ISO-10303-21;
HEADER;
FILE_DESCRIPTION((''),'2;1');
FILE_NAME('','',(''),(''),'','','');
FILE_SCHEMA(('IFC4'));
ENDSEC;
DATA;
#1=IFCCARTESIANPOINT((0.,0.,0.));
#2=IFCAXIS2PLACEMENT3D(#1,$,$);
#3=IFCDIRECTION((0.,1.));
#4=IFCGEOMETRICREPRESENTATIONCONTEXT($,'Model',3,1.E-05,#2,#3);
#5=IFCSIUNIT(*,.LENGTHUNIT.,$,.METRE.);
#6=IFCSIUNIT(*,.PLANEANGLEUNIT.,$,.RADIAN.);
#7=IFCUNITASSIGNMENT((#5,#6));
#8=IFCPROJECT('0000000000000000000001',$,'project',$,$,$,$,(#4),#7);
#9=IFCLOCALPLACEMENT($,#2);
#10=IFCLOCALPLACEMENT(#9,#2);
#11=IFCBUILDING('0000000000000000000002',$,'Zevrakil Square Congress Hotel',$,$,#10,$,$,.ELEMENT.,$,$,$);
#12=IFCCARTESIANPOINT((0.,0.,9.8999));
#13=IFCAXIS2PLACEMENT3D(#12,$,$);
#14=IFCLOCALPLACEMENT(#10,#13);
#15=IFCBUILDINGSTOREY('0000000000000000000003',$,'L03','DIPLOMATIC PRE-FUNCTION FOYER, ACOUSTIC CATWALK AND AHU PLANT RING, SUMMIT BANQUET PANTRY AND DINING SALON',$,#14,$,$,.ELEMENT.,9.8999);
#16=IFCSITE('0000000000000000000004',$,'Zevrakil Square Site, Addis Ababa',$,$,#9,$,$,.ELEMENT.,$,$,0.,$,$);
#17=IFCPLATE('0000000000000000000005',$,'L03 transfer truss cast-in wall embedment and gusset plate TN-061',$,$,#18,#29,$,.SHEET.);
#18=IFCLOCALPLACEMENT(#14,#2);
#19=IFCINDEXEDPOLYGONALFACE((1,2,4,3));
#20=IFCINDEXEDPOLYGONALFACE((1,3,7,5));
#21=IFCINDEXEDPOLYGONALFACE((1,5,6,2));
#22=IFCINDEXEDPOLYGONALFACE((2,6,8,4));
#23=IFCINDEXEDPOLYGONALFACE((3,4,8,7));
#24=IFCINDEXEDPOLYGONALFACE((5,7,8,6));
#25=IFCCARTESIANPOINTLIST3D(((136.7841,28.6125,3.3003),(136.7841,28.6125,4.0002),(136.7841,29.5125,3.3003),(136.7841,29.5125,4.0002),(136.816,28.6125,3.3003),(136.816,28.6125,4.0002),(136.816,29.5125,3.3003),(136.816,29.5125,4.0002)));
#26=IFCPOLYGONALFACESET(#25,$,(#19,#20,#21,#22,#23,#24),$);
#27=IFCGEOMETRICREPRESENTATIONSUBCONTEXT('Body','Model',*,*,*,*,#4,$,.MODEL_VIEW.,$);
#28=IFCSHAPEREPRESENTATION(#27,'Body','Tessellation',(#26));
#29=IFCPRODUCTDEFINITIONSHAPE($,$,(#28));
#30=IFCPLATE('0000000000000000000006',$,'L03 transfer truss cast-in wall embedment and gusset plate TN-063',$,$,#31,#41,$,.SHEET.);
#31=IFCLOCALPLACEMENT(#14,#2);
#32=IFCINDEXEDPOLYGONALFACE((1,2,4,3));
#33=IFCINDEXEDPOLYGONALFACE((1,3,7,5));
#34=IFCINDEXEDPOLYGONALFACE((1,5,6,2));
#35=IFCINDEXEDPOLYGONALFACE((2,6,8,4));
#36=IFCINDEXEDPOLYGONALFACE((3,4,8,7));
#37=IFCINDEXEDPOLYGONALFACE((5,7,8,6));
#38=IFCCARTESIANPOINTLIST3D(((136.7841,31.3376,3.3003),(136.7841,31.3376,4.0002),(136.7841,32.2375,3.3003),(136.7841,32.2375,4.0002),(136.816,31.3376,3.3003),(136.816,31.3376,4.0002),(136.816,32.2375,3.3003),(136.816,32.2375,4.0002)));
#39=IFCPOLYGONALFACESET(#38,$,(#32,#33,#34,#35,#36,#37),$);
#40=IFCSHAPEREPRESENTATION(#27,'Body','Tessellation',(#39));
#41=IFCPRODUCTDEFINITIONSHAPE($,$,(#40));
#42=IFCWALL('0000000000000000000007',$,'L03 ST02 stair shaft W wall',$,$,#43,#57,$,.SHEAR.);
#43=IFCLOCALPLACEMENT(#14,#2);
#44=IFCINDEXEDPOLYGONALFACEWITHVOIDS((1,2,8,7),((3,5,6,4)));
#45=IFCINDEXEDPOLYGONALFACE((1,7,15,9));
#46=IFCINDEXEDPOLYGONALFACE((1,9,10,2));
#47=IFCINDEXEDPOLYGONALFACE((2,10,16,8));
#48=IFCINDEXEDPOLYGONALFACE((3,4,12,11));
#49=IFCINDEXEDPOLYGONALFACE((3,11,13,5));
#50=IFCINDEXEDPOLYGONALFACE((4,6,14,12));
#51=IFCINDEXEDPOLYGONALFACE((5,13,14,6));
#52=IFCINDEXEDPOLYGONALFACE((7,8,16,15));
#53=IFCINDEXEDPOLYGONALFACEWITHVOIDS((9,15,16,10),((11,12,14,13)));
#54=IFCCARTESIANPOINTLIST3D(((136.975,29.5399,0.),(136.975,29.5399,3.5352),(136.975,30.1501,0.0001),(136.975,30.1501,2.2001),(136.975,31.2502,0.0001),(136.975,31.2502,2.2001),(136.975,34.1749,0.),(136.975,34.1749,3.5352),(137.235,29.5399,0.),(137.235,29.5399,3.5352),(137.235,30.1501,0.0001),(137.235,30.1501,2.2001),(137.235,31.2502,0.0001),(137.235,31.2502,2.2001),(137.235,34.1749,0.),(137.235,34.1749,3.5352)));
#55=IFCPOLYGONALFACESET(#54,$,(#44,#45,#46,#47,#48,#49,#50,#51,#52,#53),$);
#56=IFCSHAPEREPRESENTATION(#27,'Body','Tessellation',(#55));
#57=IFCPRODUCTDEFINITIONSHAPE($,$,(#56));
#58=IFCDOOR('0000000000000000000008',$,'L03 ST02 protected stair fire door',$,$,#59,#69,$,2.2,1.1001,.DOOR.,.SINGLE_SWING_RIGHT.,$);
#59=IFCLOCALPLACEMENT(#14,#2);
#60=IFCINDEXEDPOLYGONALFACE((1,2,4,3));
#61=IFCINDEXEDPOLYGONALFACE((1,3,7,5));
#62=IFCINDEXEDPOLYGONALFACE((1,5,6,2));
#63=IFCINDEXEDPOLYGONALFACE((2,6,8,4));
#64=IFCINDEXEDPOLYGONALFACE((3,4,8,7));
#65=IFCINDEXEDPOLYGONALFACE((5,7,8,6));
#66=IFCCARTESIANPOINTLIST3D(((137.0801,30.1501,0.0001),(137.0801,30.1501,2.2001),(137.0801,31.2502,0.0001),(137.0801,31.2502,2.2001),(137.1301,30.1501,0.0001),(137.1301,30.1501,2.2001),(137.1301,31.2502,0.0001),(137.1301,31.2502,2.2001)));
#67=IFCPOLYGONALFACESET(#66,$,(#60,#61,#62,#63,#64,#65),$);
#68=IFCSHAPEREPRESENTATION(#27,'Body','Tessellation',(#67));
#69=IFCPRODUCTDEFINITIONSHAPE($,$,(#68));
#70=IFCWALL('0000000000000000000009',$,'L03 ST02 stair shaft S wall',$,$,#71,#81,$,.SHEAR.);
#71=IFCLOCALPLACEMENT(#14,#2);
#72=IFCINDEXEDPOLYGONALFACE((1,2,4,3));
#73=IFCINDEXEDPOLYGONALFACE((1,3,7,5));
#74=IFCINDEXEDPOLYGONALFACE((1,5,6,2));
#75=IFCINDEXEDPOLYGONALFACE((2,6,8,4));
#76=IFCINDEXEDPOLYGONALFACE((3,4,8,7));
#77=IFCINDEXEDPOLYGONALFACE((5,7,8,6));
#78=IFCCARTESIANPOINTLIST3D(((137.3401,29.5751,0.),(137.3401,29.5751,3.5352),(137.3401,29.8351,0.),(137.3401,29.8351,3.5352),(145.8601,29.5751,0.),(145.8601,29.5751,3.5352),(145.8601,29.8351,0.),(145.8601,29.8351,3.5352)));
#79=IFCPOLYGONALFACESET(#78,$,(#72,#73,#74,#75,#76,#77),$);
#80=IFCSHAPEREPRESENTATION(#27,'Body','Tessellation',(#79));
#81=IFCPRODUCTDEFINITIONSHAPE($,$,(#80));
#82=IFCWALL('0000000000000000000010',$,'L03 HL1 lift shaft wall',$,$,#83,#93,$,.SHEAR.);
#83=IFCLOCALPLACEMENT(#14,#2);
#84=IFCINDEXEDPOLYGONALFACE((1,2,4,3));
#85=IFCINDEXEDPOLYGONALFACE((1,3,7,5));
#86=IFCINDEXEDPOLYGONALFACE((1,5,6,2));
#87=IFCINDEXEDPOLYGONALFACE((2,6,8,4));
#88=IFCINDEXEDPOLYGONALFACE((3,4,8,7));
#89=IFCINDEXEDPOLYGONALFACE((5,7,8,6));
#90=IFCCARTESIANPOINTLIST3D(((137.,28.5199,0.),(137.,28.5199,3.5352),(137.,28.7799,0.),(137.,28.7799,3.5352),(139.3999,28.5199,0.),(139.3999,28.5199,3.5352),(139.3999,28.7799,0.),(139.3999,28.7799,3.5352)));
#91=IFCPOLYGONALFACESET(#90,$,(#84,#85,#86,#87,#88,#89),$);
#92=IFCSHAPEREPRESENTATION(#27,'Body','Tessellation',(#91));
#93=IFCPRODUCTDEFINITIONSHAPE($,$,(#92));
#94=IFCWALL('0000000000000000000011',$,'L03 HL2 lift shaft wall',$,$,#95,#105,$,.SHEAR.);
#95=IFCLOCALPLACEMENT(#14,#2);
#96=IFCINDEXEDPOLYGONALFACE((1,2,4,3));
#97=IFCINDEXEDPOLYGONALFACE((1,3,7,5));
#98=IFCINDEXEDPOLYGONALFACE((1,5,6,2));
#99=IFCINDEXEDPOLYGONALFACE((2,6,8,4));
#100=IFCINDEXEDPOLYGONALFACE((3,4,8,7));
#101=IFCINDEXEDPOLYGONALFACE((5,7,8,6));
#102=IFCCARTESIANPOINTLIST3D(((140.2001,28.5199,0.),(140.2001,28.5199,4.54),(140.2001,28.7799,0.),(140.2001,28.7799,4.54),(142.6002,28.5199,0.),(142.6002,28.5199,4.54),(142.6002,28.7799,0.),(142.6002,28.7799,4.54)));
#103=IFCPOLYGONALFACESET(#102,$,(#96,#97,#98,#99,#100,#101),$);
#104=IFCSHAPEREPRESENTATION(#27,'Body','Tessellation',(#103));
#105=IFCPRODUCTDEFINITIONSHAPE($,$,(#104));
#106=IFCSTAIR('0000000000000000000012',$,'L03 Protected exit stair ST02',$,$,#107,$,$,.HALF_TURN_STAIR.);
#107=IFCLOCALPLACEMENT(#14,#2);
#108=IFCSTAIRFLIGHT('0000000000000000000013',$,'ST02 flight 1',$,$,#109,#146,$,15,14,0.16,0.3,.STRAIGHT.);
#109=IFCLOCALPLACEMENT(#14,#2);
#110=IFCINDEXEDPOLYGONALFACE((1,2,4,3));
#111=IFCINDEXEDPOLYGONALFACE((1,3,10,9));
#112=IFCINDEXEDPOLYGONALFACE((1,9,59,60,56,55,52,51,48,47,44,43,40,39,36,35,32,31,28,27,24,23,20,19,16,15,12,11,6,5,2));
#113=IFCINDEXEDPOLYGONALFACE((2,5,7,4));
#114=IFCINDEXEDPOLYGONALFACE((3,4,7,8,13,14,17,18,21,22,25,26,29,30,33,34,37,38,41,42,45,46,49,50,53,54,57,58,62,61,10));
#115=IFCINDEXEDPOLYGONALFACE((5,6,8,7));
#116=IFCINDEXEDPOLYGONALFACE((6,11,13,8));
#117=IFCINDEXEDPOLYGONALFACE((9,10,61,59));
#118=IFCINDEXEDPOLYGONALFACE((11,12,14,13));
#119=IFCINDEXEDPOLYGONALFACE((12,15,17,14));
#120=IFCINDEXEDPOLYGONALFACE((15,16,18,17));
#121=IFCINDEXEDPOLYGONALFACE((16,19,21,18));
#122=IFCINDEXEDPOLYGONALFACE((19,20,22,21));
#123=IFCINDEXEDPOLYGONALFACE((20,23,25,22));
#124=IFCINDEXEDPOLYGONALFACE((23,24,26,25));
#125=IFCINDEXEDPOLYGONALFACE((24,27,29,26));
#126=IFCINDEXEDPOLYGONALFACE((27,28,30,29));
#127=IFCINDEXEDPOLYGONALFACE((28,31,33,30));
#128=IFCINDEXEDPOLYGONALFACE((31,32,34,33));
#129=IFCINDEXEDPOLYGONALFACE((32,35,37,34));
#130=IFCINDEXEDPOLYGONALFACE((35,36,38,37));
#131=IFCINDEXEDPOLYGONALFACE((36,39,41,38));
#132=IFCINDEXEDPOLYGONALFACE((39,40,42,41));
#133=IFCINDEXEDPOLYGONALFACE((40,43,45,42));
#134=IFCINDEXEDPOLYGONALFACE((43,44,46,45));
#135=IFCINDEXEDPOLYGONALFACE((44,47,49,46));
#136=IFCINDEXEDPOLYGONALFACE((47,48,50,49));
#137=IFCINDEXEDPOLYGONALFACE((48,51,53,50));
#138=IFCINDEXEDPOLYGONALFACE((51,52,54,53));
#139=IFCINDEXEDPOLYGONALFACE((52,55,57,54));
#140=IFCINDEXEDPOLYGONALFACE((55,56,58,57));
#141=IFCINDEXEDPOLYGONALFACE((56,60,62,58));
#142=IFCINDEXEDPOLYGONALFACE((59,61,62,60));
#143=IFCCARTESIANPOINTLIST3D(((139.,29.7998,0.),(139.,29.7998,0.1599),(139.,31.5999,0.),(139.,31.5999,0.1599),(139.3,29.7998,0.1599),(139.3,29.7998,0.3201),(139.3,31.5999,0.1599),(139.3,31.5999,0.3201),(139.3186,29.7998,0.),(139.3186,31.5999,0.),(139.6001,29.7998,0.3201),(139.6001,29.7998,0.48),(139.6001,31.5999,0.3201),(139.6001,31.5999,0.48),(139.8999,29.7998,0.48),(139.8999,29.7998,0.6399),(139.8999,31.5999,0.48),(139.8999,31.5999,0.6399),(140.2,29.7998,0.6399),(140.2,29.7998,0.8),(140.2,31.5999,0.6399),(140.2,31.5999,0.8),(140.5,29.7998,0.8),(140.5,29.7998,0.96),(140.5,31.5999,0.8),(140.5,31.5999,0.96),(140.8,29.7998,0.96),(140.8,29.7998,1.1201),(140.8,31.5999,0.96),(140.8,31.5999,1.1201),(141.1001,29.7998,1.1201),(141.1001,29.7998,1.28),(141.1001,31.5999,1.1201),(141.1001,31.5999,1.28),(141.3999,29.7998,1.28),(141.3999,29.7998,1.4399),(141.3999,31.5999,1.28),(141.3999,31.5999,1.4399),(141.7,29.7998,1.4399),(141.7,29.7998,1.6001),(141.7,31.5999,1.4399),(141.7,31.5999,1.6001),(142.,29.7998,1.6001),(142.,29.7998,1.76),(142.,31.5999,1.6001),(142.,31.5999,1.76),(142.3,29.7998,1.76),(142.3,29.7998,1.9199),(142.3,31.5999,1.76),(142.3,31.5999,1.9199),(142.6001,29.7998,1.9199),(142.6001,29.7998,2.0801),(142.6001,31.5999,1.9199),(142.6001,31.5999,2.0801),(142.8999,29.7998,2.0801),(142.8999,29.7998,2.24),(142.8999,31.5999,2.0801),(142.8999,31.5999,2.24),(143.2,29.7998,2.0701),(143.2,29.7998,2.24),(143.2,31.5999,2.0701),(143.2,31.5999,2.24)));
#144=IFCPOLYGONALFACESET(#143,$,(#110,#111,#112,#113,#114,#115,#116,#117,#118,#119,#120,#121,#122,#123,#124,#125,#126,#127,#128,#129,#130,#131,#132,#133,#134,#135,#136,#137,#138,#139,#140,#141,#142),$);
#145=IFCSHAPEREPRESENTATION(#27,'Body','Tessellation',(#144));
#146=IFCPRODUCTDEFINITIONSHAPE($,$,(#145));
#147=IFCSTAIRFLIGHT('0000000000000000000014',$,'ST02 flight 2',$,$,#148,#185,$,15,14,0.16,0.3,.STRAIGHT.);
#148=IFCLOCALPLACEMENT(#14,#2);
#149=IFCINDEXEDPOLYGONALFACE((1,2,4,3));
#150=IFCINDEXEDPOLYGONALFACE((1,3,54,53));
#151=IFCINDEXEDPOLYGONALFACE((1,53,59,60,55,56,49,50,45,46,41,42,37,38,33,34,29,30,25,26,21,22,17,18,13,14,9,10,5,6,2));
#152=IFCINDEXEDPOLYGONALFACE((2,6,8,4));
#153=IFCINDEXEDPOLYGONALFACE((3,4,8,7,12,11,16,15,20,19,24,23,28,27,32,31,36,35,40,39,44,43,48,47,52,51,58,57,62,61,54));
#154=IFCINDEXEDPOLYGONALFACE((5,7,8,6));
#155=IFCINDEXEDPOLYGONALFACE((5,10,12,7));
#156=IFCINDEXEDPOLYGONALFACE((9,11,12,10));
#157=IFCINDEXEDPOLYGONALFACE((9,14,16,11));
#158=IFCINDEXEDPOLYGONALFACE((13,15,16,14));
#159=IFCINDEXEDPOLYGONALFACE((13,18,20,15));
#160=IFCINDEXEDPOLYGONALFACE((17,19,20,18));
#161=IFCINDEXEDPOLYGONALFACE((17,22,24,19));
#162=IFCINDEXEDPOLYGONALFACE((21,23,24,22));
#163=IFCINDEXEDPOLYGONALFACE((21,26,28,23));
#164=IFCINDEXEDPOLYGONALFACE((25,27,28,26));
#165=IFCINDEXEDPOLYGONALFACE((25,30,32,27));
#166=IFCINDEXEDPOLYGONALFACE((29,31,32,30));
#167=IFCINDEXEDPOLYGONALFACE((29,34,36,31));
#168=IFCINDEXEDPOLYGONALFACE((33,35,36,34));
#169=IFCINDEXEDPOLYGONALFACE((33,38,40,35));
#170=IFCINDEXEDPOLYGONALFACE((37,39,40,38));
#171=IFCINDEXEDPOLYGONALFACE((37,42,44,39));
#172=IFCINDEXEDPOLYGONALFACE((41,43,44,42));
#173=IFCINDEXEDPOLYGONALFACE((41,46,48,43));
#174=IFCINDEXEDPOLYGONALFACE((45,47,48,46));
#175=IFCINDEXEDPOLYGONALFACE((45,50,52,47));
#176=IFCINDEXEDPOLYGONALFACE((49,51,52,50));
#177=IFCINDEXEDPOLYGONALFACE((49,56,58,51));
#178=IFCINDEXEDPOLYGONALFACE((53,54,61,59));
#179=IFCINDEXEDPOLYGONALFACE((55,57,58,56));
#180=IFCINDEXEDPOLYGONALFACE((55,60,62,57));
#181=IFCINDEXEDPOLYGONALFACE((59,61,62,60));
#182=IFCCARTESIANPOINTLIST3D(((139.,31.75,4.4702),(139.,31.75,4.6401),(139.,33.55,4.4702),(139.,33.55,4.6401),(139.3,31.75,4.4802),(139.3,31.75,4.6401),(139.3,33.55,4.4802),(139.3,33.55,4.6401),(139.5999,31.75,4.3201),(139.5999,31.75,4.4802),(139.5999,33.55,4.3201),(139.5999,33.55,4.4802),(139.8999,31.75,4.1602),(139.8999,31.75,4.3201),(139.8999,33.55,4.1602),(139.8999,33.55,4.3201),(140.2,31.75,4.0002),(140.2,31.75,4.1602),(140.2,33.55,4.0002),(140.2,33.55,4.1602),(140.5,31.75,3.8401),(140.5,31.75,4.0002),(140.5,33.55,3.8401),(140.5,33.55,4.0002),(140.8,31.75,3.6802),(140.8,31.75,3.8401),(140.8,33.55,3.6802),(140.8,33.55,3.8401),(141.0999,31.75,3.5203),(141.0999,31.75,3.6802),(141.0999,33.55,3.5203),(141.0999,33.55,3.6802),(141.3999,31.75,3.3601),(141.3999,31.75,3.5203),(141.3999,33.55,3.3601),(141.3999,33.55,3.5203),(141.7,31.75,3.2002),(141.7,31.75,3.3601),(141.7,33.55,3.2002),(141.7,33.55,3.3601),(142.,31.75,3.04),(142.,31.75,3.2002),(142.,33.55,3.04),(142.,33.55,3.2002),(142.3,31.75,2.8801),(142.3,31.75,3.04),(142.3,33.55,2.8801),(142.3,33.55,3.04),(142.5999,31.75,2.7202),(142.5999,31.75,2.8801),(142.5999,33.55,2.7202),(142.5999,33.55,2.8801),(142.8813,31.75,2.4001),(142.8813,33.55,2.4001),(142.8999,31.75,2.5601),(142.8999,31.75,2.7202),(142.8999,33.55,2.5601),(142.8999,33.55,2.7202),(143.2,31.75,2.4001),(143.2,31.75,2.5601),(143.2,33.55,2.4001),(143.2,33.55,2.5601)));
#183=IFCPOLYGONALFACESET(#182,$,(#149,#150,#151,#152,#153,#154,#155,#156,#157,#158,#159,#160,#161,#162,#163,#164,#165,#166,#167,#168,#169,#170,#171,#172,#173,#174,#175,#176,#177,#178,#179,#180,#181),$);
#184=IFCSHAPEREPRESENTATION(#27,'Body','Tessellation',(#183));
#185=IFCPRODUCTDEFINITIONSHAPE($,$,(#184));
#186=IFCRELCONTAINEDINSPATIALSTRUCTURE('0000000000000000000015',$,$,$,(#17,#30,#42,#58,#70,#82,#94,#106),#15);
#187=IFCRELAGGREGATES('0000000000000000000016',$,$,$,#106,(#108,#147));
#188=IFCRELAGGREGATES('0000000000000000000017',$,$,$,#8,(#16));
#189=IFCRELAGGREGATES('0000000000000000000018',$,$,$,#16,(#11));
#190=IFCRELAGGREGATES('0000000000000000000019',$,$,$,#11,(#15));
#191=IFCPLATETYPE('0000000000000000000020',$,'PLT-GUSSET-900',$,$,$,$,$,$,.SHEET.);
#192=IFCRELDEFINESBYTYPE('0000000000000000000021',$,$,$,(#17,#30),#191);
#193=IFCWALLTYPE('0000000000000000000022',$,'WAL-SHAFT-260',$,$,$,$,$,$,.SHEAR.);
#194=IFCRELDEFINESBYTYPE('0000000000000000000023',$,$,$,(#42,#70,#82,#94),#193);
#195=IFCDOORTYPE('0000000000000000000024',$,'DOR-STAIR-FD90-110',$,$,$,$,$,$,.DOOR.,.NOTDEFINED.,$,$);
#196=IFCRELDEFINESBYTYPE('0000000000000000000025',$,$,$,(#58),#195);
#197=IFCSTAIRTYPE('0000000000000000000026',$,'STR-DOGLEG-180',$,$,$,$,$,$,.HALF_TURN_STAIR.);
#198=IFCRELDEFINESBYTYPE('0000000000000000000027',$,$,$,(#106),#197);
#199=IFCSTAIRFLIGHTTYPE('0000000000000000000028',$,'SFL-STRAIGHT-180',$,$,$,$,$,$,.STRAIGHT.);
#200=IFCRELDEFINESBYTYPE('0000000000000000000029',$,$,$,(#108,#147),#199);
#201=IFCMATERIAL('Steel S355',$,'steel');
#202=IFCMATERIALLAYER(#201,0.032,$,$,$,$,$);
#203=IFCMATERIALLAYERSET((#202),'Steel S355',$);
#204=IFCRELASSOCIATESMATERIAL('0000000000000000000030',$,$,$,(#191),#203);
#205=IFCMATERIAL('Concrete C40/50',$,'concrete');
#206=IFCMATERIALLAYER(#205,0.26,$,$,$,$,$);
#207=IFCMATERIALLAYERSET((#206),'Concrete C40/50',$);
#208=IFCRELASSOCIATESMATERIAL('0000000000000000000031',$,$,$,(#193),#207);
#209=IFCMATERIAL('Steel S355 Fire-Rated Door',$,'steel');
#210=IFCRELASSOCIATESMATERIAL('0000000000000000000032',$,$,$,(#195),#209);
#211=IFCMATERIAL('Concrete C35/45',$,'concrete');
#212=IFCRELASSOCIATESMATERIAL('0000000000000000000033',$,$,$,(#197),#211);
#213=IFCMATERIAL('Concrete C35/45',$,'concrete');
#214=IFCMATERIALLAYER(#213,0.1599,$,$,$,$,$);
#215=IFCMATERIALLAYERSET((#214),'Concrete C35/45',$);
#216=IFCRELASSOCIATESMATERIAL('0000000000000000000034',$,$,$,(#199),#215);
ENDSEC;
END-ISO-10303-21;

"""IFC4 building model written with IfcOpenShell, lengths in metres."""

from ifc_helpers import new_model, si_unit, direction, frame, frame_2d, origin, origin_2d, place, context, subcontext, project, spatial, polyline, rectangle, outline, extrude, material, layer, layer_set, type_object, element, fill, aggregate, save


model = new_model("IFC4")

# Units and contexts
model_context = context("Model", 3, precision=1e-05, world=origin(), true_north=direction((0.0, 1.0)))
body_context = subcontext(model_context, "Body", "Model", "MODEL_VIEW")
ifc_project = project(units=[si_unit("LENGTHUNIT", "METRE"), si_unit("PLANEANGLEUNIT", "RADIAN")], contexts=[model_context])

# Site, building, storey
site_placement = place(None, origin())
site = spatial("IfcSite", under=ifc_project, at=site_placement, Name="Zevrakil Square Site, Addis Ababa", CompositionType="ELEMENT", RefElevation=0.0)
building_placement = place(site_placement, origin())
building = spatial("IfcBuilding", under=site, at=building_placement, Name="Zevrakil Square Congress Hotel", CompositionType="ELEMENT")
storey_placement = place(building_placement, frame((0.0, 0.0, 9.8999)))
storey = spatial("IfcBuildingStorey", under=building, at=storey_placement, Name="L03", Description="DIPLOMATIC PRE-FUNCTION FOYER, ACOUSTIC CATWALK AND AHU PLANT RING, SUMMIT BANQUET PANTRY AND DINING SALON", CompositionType="ELEMENT", Elevation=9.8999)

# Plates
ifc_material_1 = material(Name="Steel S355", Category="steel")
ifc_layer_1 = layer(ifc_material_1, 0.032)
ifc_layer_set_1 = layer_set([ifc_layer_1], Name="Steel S355")
plate_type_1 = type_object("IfcPlateType", Name="PLT-GUSSET-900", PredefinedType="SHEET", material=ifc_layer_set_1)
for number, where, z_axis, x_axis, name in (
    (1, (136.8, 29.0625, 3.3003), (0.0, 0.0, 1.0), (0.0, 1.0, 0.0), "L03 transfer truss cast-in wall embedment and gusset plate TN-061"),
    (2, (136.8, 31.7876, 3.3003), (0.0, 0.0, 1.0), (0.0, 1.0, 0.0), "L03 transfer truss cast-in wall embedment and gusset plate TN-063"),
):
    element("IfcPlate", number, at=place(storey_placement, frame(where, z_axis=z_axis, x_axis=x_axis)), inside=storey, type_object=plate_type_1, Name=name, PredefinedType="SHEET", context=body_context, shape_type="SweptSolid", body=[
        extrude(rectangle(XDim=0.8999, YDim=0.032, at=origin_2d()), origin(), (0.0, 0.0, 1.0), 0.7),
    ])

# Wall, opening, door
ifc_material_2 = material(Name="Concrete C40/50", Category="concrete")
ifc_layer_2 = layer(ifc_material_2, 0.26)
ifc_layer_set_2 = layer_set([ifc_layer_2], Name="Concrete C40/50")
wall_type = type_object("IfcWallType", Name="WAL-SHAFT-260", PredefinedType="SHEAR", material=ifc_layer_set_2)
wall_1_placement = place(storey_placement, frame((137.105, 29.54, 0.0), z_axis=(0.0, 0.0, 1.0), x_axis=(0.0, 1.0, 0.0)))
wall_1 = element("IfcWall", 3, at=wall_1_placement, inside=storey, type_object=wall_type, Name="L03 ST02 stair shaft W wall", PredefinedType="SHEAR", context=body_context, shape_type="SweptSolid", body=[
    extrude(rectangle(XDim=4.635, YDim=0.26, at=frame_2d((2.3174, 0.0))), origin(), (0.0, 0.0, 1.0), 3.5352),
])
opening_placement = place(wall_1_placement, frame((0.6101, 0.0, 0.0)))
opening = element("IfcOpeningElement", 4, at=opening_placement, cuts=wall_1, PredefinedType="OPENING", context=body_context, shape_type="SweptSolid", body=[
    extrude(rectangle(XDim=1.1001, YDim=2.2, at=frame_2d((0.55, 1.1001))), frame((0.0, 0.1401, 0.0), z_axis=(0.0, -1.0, 0.0), x_axis=(1.0, 0.0, 0.0)), (0.0, 0.0, 1.0), 0.28),
])
ifc_material_3 = material(Name="Steel S355 Fire-Rated Door", Category="steel")
door_type = type_object("IfcDoorType", Name="DOR-STAIR-FD90-110", OperationType="NOTDEFINED", PredefinedType="DOOR", material=ifc_material_3)
door_placement = place(opening_placement, origin())
door = element("IfcDoor", 5, at=door_placement, inside=storey, type_object=door_type, Name="L03 ST02 protected stair fire door", OperationType="SINGLE_SWING_RIGHT", OverallHeight=2.2, OverallWidth=1.1001, PredefinedType="DOOR", context=body_context, shape_type="SweptSolid", body=[
    extrude(rectangle(XDim=1.1001, YDim=2.2, at=frame_2d((0.55, 1.1001))), frame((0.0, 0.0249, 0.0), z_axis=(0.0, -1.0, 0.0), x_axis=(1.0, 0.0, 0.0)), (0.0, 0.0, 1.0), 0.05),
])
fill(opening, door)

# Walls
wall_2_placement = place(storey_placement, frame((137.3401, 29.7051, 0.0), z_axis=(0.0, 0.0, 1.0), x_axis=(1.0, 0.0, 0.0)))
element("IfcWall", 6, at=wall_2_placement, inside=storey, type_object=wall_type, Name="L03 ST02 stair shaft S wall", PredefinedType="SHEAR", context=body_context, shape_type="SweptSolid", body=[
    extrude(rectangle(XDim=8.52, YDim=0.26, at=frame_2d((4.26, 0.0))), origin(), (0.0, 0.0, 1.0), 3.5352),
])
wall_3_placement = place(storey_placement, frame((137.0, 28.6499, 0.0), z_axis=(0.0, 0.0, 1.0), x_axis=(1.0, 0.0, 0.0)))
element("IfcWall", 7, at=wall_3_placement, inside=storey, type_object=wall_type, Name="L03 HL1 lift shaft wall", PredefinedType="SHEAR", context=body_context, shape_type="SweptSolid", body=[
    extrude(rectangle(XDim=2.3999, YDim=0.26, at=frame_2d((1.2, 0.0))), origin(), (0.0, 0.0, 1.0), 3.5352),
])
wall_4_placement = place(storey_placement, frame((140.2, 28.6499, 0.0), z_axis=(0.0, 0.0, 1.0), x_axis=(1.0, 0.0, 0.0)))
element("IfcWall", 8, at=wall_4_placement, inside=storey, type_object=wall_type, Name="L03 HL2 lift shaft wall", PredefinedType="SHEAR", context=body_context, shape_type="SweptSolid", body=[
    extrude(rectangle(XDim=2.4001, YDim=0.26, at=frame_2d((1.2002, 0.0))), origin(), (0.0, 0.0, 1.0), 4.54),
])

# Stair, stair flights
ifc_material_4 = material(Name="Concrete C35/45", Category="concrete")
stair_type = type_object("IfcStairType", Name="STR-DOGLEG-180", PredefinedType="HALF_TURN_STAIR", material=ifc_material_4)
stair_placement = place(storey_placement, origin())
stair = element("IfcStair", 9, at=stair_placement, inside=storey, type_object=stair_type, Name="L03 Protected exit stair ST02", PredefinedType="HALF_TURN_STAIR")
ifc_material_5 = material(Name="Concrete C35/45", Category="concrete")
ifc_layer_3 = layer(ifc_material_5, 0.1599)
ifc_layer_set_3 = layer_set([ifc_layer_3], Name="Concrete C35/45")
stair_flight_type = type_object("IfcStairFlightType", Name="SFL-STRAIGHT-180", PredefinedType="STRAIGHT", material=ifc_layer_set_3)
stair_flight_1_placement = place(storey_placement, frame((139.0, 30.7, 0.0), z_axis=(0.0, 0.0, 1.0), x_axis=(1.0, 0.0, 0.0)))
stair_flight_1 = element("IfcStairFlight", 10, at=stair_flight_1_placement, type_object=stair_flight_type, Name="ST02 flight 1", NumberOfRisers=15, NumberOfTreads=14, PredefinedType="STRAIGHT", RiserHeight=0.16, TreadLength=0.3, context=body_context, shape_type="SweptSolid", body=[
    extrude(outline(polyline([(0.0, 0.0), (0.0, 0.1599), (0.3, 0.1599), (0.3, 0.3201), (0.6001, 0.3201), (0.6001, 0.48), (0.8999, 0.48), (0.8999, 0.6399), (1.2, 0.6399), (1.2, 0.8), (1.5, 0.8), (1.5, 0.96), (1.8, 0.96), (1.8, 1.1201), (2.1001, 1.1201), (2.1001, 1.28), (2.3999, 1.28), (2.3999, 1.4399), (2.7, 1.4399), (2.7, 1.6001), (3.0, 1.6001), (3.0, 1.76), (3.3, 1.76), (3.3, 1.9199), (3.6001, 1.9199), (3.6001, 2.0801), (3.8999, 2.0801), (3.8999, 2.24), (4.2, 2.24), (4.2, 2.3999), (4.2, 2.0701), (0.3186, 0.0), (0.0, 0.0)])), frame((0.0, 0.8999, 0.0), z_axis=(0.0, -1.0, 0.0), x_axis=(1.0, 0.0, 0.0)), (0.0, 0.0, 1.0), 1.8),
])
stair_flight_2_placement = place(storey_placement, frame((143.2, 32.6499, 2.4001), z_axis=(0.0, 0.0, 1.0), x_axis=(-1.0, 0.0, 0.0)))
stair_flight_2 = element("IfcStairFlight", 11, at=stair_flight_2_placement, type_object=stair_flight_type, Name="ST02 flight 2", NumberOfRisers=15, NumberOfTreads=14, PredefinedType="STRAIGHT", RiserHeight=0.16, TreadLength=0.3, context=body_context, shape_type="SweptSolid", body=[
    extrude(outline(polyline([(0.0, 0.0), (0.0, 0.1599), (0.3, 0.1599), (0.3, 0.3201), (0.6001, 0.3201), (0.6001, 0.48), (0.8999, 0.48), (0.8999, 0.6399), (1.2, 0.6399), (1.2, 0.8), (1.5, 0.8), (1.5, 0.96), (1.8, 0.96), (1.8, 1.1201), (2.1001, 1.1201), (2.1001, 1.28), (2.3999, 1.28), (2.3999, 1.4399), (2.7, 1.4399), (2.7, 1.6001), (3.0, 1.6001), (3.0, 1.76), (3.3, 1.76), (3.3, 1.9199), (3.6001, 1.9199), (3.6001, 2.0801), (3.8999, 2.0801), (3.8999, 2.24), (4.2, 2.24), (4.2, 2.3999), (4.2, 2.0701), (0.3186, 0.0), (0.0, 0.0)])), frame((0.0, 0.8999, 0.0), z_axis=(0.0, -1.0, 0.0), x_axis=(1.0, 0.0, 0.0)), (0.0, 0.0, 1.0), 1.8),
])
aggregate(stair, [stair_flight_1, stair_flight_2])

save(model, "model.ifc")
